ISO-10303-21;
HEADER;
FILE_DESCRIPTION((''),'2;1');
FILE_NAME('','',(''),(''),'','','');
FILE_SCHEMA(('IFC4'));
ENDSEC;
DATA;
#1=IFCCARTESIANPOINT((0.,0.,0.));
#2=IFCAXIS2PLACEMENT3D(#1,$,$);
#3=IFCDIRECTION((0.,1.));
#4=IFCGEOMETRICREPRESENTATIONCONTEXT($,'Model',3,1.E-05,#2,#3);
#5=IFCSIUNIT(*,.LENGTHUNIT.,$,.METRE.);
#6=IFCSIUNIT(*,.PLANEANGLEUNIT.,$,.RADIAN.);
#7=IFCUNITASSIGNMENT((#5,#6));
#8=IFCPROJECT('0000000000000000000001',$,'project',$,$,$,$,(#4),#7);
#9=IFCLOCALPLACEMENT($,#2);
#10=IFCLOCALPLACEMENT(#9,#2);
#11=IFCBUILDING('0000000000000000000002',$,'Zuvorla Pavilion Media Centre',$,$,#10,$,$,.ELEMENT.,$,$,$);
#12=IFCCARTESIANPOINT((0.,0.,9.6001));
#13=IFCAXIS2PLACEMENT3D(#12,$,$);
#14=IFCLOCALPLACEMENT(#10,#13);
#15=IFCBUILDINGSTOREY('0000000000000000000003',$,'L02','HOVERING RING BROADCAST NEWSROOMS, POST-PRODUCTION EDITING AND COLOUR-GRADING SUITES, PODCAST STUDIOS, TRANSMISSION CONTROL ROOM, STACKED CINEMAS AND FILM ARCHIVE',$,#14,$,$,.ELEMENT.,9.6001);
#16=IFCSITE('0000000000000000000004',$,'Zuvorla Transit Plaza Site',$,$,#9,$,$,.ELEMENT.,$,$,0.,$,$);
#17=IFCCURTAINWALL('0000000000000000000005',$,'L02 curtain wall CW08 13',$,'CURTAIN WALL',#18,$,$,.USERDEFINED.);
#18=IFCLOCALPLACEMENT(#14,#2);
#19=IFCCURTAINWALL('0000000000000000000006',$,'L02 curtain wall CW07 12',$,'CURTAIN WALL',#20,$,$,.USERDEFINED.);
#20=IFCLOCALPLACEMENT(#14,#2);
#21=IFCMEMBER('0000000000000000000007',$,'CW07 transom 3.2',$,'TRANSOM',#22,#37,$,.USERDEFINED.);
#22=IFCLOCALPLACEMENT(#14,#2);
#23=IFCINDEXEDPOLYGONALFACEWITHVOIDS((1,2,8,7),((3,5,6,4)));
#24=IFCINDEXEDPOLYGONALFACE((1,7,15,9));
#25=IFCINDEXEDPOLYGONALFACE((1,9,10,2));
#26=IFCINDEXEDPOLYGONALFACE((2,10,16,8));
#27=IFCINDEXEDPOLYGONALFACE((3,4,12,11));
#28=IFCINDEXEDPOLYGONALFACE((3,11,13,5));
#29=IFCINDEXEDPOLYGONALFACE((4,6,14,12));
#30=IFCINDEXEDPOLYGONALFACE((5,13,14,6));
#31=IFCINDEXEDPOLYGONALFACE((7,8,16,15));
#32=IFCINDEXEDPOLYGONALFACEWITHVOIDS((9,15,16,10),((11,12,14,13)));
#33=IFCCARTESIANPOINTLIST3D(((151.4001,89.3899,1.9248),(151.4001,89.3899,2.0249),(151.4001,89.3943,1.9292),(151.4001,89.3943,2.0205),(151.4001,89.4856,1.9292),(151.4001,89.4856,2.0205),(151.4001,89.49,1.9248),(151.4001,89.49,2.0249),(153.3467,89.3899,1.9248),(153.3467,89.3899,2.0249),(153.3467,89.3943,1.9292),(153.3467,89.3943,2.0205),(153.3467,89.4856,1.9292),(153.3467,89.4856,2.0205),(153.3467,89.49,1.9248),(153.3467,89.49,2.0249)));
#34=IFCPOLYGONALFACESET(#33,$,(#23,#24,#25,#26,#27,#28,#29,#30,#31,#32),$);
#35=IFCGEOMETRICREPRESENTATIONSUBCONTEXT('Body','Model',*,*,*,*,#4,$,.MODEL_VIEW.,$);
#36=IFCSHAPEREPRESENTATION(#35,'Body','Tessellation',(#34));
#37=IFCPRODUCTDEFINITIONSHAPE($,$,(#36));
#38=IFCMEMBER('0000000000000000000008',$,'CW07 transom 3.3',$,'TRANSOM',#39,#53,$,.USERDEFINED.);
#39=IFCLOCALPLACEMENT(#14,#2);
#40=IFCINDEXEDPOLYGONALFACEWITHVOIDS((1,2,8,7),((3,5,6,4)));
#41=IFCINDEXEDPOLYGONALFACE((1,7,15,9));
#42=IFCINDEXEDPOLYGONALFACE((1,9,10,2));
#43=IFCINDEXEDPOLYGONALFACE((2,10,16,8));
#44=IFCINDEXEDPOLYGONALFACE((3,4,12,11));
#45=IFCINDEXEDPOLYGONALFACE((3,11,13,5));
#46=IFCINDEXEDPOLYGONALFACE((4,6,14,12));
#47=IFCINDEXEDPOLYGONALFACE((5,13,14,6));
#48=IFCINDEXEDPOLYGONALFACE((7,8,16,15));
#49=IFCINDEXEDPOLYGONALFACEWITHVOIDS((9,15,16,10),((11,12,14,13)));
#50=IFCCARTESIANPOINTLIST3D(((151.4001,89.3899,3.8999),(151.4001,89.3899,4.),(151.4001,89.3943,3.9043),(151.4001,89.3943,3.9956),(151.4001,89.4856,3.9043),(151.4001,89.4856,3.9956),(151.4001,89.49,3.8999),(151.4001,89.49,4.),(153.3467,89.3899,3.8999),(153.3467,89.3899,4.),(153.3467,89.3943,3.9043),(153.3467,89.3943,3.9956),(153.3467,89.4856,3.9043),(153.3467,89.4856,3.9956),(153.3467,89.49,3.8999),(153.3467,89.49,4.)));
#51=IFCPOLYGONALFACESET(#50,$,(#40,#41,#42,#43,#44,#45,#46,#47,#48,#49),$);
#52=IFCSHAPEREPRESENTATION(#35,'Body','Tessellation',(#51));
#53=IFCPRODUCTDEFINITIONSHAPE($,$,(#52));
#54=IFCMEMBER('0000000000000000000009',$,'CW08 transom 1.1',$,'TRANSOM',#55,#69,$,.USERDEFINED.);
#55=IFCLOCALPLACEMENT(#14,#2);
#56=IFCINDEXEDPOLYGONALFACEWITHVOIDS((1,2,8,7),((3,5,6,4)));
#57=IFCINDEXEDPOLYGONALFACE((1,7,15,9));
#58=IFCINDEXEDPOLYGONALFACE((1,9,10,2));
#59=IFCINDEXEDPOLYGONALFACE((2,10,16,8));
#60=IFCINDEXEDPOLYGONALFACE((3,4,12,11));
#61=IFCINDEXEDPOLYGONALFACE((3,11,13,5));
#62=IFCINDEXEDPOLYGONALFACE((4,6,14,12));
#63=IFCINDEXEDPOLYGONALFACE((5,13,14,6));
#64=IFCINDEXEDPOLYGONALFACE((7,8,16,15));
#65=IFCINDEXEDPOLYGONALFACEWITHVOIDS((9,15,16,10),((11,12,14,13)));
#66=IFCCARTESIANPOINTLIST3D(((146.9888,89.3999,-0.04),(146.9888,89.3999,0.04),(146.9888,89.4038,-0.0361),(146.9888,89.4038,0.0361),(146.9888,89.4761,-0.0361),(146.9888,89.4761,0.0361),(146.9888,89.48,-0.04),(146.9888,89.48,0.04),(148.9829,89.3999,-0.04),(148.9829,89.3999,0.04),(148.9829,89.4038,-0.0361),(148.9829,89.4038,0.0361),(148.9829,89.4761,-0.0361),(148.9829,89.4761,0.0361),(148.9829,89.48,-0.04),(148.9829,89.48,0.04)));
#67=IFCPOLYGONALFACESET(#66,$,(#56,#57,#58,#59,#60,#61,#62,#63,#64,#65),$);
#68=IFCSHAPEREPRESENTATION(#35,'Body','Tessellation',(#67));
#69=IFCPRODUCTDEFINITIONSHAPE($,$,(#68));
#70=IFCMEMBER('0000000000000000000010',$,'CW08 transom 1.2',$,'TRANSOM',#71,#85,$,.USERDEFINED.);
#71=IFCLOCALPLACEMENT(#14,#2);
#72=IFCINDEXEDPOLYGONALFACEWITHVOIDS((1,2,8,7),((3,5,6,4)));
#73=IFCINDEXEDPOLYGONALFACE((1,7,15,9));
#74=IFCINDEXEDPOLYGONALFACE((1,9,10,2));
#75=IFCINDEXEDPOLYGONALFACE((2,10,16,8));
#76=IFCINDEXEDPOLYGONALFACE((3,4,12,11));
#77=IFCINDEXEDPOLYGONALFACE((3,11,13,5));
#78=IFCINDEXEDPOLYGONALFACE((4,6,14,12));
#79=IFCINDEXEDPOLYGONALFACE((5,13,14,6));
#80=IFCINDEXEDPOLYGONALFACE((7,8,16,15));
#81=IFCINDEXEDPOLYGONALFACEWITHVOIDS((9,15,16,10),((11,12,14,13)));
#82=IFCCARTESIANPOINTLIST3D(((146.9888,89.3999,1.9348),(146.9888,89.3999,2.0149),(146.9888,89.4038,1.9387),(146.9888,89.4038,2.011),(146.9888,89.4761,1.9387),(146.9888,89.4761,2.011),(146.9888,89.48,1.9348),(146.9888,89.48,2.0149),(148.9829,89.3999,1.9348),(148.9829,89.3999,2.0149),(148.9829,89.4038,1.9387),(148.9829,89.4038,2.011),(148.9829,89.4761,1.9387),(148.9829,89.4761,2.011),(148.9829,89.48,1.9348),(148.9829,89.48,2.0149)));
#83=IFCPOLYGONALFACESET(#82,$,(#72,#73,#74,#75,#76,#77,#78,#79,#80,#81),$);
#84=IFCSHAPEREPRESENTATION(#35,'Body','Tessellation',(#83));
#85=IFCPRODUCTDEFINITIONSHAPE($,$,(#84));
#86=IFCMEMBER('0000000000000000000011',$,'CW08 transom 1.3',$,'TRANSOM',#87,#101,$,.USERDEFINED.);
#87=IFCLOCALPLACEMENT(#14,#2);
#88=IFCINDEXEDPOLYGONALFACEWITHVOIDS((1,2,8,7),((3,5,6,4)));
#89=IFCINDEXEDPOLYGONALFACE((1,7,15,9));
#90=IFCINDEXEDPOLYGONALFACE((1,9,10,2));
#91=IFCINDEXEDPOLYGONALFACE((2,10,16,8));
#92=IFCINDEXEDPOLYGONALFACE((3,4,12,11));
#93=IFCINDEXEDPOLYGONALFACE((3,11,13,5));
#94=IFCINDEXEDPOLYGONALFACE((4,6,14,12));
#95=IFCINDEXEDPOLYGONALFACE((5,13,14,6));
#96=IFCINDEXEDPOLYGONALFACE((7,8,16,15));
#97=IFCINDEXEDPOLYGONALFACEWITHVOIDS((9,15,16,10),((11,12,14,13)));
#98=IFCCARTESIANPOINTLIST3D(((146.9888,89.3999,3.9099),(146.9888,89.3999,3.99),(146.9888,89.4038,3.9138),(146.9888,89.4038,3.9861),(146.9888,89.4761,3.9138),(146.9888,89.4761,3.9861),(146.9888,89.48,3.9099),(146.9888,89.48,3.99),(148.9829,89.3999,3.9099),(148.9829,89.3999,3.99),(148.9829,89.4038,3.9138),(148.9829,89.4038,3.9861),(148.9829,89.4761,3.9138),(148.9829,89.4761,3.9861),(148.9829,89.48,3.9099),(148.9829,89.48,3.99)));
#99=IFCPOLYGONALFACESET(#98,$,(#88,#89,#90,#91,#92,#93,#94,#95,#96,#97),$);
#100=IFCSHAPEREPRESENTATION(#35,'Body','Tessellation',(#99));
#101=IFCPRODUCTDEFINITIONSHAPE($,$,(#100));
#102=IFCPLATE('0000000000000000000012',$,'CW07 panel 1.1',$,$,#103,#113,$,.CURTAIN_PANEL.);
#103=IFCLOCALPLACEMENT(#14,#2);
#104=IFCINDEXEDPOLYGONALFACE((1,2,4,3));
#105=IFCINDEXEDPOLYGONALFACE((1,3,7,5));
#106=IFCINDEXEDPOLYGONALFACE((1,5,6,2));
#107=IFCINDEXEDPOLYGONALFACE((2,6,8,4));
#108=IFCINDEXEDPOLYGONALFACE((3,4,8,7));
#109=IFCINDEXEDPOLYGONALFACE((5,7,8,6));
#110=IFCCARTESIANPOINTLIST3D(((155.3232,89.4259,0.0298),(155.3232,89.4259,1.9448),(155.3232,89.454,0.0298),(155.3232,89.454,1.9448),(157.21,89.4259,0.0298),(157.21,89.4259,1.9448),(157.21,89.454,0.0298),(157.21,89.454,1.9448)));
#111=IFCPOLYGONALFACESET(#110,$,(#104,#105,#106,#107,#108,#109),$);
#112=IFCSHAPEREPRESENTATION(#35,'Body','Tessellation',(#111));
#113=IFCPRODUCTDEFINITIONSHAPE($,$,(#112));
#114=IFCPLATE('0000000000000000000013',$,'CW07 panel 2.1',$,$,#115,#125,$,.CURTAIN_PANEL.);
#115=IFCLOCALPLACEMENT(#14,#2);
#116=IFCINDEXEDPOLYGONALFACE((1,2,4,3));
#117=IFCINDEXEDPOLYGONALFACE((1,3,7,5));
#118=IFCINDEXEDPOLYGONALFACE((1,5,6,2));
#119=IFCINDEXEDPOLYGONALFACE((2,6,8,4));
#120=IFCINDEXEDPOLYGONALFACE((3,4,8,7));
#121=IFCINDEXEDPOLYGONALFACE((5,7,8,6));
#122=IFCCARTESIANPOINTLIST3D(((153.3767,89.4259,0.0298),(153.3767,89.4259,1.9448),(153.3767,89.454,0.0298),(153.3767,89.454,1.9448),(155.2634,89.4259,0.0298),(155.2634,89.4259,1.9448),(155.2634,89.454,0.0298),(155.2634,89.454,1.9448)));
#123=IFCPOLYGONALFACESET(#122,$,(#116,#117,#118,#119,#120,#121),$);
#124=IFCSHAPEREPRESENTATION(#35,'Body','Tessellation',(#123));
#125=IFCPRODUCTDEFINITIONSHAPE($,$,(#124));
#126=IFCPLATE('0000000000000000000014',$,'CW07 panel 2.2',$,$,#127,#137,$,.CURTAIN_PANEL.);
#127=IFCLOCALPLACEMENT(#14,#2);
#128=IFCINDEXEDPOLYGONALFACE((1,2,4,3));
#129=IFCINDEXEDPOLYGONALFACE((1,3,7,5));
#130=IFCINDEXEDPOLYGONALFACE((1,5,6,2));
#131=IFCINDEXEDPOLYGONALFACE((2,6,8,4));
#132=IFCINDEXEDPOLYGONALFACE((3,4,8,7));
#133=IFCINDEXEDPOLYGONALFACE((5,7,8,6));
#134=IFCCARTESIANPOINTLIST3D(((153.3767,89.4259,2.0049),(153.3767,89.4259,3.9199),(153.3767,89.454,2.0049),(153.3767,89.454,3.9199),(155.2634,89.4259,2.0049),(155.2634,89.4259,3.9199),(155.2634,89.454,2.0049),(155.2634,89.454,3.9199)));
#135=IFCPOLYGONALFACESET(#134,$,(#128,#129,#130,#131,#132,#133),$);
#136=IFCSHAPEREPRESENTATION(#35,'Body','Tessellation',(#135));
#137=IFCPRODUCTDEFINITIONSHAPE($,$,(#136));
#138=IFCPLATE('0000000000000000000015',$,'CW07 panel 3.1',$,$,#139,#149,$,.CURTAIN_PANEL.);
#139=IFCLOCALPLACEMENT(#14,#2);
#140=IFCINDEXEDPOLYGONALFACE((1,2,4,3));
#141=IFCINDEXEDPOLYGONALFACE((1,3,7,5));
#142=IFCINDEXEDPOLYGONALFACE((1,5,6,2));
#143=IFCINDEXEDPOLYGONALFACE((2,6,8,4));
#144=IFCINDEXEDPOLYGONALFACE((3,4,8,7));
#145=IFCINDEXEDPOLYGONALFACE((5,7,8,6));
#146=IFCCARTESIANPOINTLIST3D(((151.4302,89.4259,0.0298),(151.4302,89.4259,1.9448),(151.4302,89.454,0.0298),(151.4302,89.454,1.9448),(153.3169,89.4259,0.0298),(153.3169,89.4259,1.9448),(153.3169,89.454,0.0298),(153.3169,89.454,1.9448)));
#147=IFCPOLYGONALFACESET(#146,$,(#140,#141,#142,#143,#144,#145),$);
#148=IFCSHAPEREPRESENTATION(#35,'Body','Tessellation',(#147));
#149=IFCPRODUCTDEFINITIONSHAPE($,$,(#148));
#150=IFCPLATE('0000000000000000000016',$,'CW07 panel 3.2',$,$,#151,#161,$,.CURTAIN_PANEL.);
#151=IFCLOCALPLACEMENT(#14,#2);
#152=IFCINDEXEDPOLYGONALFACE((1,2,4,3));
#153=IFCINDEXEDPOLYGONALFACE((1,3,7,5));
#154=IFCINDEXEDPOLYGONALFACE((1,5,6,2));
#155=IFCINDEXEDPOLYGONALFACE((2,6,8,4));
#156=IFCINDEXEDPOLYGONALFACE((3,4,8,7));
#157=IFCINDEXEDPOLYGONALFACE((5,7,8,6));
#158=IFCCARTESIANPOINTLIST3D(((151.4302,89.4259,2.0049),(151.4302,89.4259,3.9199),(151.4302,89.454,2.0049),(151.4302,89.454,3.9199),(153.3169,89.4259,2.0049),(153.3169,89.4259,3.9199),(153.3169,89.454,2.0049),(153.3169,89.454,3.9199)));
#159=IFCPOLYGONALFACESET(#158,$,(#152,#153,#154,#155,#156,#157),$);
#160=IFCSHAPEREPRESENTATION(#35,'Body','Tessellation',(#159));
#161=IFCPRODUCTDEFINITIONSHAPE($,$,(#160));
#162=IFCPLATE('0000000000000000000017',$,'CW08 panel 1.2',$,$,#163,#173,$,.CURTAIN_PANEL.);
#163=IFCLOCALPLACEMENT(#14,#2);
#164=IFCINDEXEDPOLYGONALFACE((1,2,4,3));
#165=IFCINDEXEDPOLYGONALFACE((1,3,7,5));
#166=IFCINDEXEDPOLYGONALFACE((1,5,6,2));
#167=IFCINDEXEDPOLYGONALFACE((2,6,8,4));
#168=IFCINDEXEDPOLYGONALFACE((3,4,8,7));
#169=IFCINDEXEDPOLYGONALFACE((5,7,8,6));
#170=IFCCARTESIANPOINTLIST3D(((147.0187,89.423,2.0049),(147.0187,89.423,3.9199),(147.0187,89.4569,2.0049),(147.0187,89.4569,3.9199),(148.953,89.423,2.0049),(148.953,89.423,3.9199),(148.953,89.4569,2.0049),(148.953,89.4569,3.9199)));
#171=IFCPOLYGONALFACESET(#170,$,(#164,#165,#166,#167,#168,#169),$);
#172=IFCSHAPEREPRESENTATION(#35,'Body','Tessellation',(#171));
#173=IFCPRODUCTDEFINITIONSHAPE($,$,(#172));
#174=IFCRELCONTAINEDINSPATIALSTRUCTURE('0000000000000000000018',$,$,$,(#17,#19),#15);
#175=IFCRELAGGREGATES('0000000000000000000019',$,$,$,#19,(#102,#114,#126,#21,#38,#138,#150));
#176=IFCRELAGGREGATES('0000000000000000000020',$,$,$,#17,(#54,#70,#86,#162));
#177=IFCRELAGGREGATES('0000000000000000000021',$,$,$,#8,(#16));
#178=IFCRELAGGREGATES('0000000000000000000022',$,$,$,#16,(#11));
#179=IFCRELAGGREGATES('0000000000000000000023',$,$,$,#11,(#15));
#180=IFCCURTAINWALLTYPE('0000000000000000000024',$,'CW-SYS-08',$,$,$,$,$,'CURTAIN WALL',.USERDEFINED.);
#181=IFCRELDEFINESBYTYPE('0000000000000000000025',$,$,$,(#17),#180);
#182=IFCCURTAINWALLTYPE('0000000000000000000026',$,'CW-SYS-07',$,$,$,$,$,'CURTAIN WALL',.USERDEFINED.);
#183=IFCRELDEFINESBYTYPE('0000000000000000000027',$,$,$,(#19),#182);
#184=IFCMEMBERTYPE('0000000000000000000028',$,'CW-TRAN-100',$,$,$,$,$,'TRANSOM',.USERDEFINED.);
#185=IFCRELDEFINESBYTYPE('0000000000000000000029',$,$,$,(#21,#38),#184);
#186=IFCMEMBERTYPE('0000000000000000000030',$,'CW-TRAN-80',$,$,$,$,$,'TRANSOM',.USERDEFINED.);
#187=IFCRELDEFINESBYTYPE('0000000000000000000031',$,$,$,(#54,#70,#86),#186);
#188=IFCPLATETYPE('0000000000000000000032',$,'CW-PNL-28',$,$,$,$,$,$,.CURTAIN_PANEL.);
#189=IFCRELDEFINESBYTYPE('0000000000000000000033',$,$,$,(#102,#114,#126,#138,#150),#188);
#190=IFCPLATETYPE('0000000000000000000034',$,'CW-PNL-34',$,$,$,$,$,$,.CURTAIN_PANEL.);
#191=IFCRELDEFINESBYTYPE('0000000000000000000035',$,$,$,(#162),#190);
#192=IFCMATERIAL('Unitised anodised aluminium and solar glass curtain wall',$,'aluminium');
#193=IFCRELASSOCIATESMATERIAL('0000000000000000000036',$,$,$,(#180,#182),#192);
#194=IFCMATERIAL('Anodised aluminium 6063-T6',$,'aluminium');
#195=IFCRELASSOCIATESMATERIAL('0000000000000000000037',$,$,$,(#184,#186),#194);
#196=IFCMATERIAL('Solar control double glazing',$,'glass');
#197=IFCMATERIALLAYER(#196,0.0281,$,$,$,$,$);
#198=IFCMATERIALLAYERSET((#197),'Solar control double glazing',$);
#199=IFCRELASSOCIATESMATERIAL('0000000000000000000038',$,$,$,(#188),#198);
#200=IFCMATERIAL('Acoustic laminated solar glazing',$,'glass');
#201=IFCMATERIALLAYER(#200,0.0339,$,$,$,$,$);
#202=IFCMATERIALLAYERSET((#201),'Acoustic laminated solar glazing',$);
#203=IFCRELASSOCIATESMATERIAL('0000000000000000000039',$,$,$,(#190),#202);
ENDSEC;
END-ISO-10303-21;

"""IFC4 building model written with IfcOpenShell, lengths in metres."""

from ifc_helpers import new_model, si_unit, direction, frame, origin, origin_2d, place, context, subcontext, project, spatial, rectangle, hollow_rectangle, extrude, material, layer, layer_set, material_profile, profile_set, type_object, element, aggregate, save


model = new_model("IFC4")

# Units and contexts
model_context = context("Model", 3, precision=1e-05, world=origin(), true_north=direction((0.0, 1.0)))
body_context = subcontext(model_context, "Body", "Model", "MODEL_VIEW")
ifc_project = project(units=[si_unit("LENGTHUNIT", "METRE"), si_unit("PLANEANGLEUNIT", "RADIAN")], contexts=[model_context])

# Site, building, storey
site_placement = place(None, origin())
site = spatial("IfcSite", under=ifc_project, at=site_placement, Name="Zuvorla Transit Plaza Site", CompositionType="ELEMENT", RefElevation=0.0)
building_placement = place(site_placement, origin())
building = spatial("IfcBuilding", under=site, at=building_placement, Name="Zuvorla Pavilion Media Centre", CompositionType="ELEMENT")
storey_placement = place(building_placement, frame((0.0, 0.0, 9.6001)))
storey = spatial("IfcBuildingStorey", under=building, at=storey_placement, Name="L02", Description="HOVERING RING BROADCAST NEWSROOMS, POST-PRODUCTION EDITING AND COLOUR-GRADING SUITES, PODCAST STUDIOS, TRANSMISSION CONTROL ROOM, STACKED CINEMAS AND FILM ARCHIVE", CompositionType="ELEMENT", Elevation=9.6001)

# Curtain wall
ifc_material_1 = material(Name="Unitised anodised aluminium and solar glass curtain wall", Category="aluminium")
curtain_wall_type_1 = type_object("IfcCurtainWallType", Name="CW-SYS-08", ElementType="CURTAIN WALL", PredefinedType="USERDEFINED", material=ifc_material_1)
curtain_wall_1_placement = place(storey_placement, origin())
curtain_wall_1 = element("IfcCurtainWall", 1, at=curtain_wall_1_placement, inside=storey, type_object=curtain_wall_type_1, Name="L02 curtain wall CW08 13", ObjectType="CURTAIN WALL", PredefinedType="USERDEFINED")
ifc_material_2 = material(Name="Anodised aluminium 6063-T6", Category="aluminium")

# Curtain wall, members
curtain_wall_type_2 = type_object("IfcCurtainWallType", Name="CW-SYS-07", ElementType="CURTAIN WALL", PredefinedType="USERDEFINED", material=ifc_material_1)
curtain_wall_2_placement = place(storey_placement, origin())
curtain_wall_2 = element("IfcCurtainWall", 2, at=curtain_wall_2_placement, inside=storey, type_object=curtain_wall_type_2, Name="L02 curtain wall CW07 12", ObjectType="CURTAIN WALL", PredefinedType="USERDEFINED")
ifc_material_profile_1 = material_profile(ifc_material_2, hollow_rectangle(XDim=0.1001, YDim=0.1001, WallThickness=0.0044, at=origin_2d()), Name="ALU TRAN 100x100")
ifc_profile_set_1 = profile_set([ifc_material_profile_1], Name="Anodised aluminium 6063-T6")
member_type_1 = type_object("IfcMemberType", Name="CW-TRAN-100", ElementType="TRANSOM", PredefinedType="USERDEFINED", material=ifc_profile_set_1)
member_1_placement = place(storey_placement, frame((153.3467, 89.4399, 1.9749), z_axis=(-1.0, 0.0, 0.0), x_axis=(0.0, -1.0, 0.0)))
member_1 = element("IfcMember", 3, at=member_1_placement, type_object=member_type_1, Name="CW07 transom 3.2", ObjectType="TRANSOM", PredefinedType="USERDEFINED", context=body_context, shape_type="SweptSolid", body=[
    extrude(hollow_rectangle(XDim=0.1001, YDim=0.1001, WallThickness=0.0044, at=origin_2d()), origin(), (0.0, 0.0, 1.0), 1.9465),
])
member_2_placement = place(storey_placement, frame((153.3467, 89.4399, 3.95), z_axis=(-1.0, 0.0, 0.0), x_axis=(0.0, -1.0, 0.0)))
member_2 = element("IfcMember", 4, at=member_2_placement, type_object=member_type_1, Name="CW07 transom 3.3", ObjectType="TRANSOM", PredefinedType="USERDEFINED", context=body_context, shape_type="SweptSolid", body=[
    extrude(hollow_rectangle(XDim=0.1001, YDim=0.1001, WallThickness=0.0044, at=origin_2d()), origin(), (0.0, 0.0, 1.0), 1.9465),
])

# Members
ifc_material_profile_2 = material_profile(ifc_material_2, hollow_rectangle(XDim=0.0801, YDim=0.0801, WallThickness=0.0039, at=origin_2d()), Name="ALU TRAN 80x80")
ifc_profile_set_2 = profile_set([ifc_material_profile_2], Name="Anodised aluminium 6063-T6")
member_type_2 = type_object("IfcMemberType", Name="CW-TRAN-80", ElementType="TRANSOM", PredefinedType="USERDEFINED", material=ifc_profile_set_2)
member_3_placement = place(storey_placement, frame((148.9829, 89.4399, 0.0), z_axis=(-1.0, 0.0, 0.0), x_axis=(0.0, -1.0, 0.0)))
member_3 = element("IfcMember", 5, at=member_3_placement, type_object=member_type_2, Name="CW08 transom 1.1", ObjectType="TRANSOM", PredefinedType="USERDEFINED", context=body_context, shape_type="SweptSolid", body=[
    extrude(hollow_rectangle(XDim=0.0801, YDim=0.0801, WallThickness=0.0039, at=origin_2d()), origin(), (0.0, 0.0, 1.0), 1.9941),
])
member_4_placement = place(storey_placement, frame((148.9829, 89.4399, 1.9749), z_axis=(-1.0, 0.0, 0.0), x_axis=(0.0, -1.0, 0.0)))
member_4 = element("IfcMember", 6, at=member_4_placement, type_object=member_type_2, Name="CW08 transom 1.2", ObjectType="TRANSOM", PredefinedType="USERDEFINED", context=body_context, shape_type="SweptSolid", body=[
    extrude(hollow_rectangle(XDim=0.0801, YDim=0.0801, WallThickness=0.0039, at=origin_2d()), origin(), (0.0, 0.0, 1.0), 1.9941),
])
member_5_placement = place(storey_placement, frame((148.9829, 89.4399, 3.95), z_axis=(-1.0, 0.0, 0.0), x_axis=(0.0, -1.0, 0.0)))
member_5 = element("IfcMember", 7, at=member_5_placement, type_object=member_type_2, Name="CW08 transom 1.3", ObjectType="TRANSOM", PredefinedType="USERDEFINED", context=body_context, shape_type="SweptSolid", body=[
    extrude(hollow_rectangle(XDim=0.0801, YDim=0.0801, WallThickness=0.0039, at=origin_2d()), origin(), (0.0, 0.0, 1.0), 1.9941),
])

# Plates
ifc_material_3 = material(Name="Solar control double glazing", Category="glass")
ifc_layer_1 = layer(ifc_material_3, 0.0281)
ifc_layer_set_1 = layer_set([ifc_layer_1], Name="Solar control double glazing")
plate_type_1 = type_object("IfcPlateType", Name="CW-PNL-28", PredefinedType="CURTAIN_PANEL", material=ifc_layer_set_1)
plate_1_placement = place(storey_placement, frame((156.2666, 89.4399, 0.0298), z_axis=(0.0, 0.0, 1.0), x_axis=(-1.0, 0.0, 0.0)))
plate_1 = element("IfcPlate", 8, at=plate_1_placement, type_object=plate_type_1, Name="CW07 panel 1.1", PredefinedType="CURTAIN_PANEL", context=body_context, shape_type="SweptSolid", body=[
    extrude(rectangle(XDim=1.8867, YDim=0.0281, at=origin_2d()), origin(), (0.0, 0.0, 1.0), 1.915),
])
plate_2_placement = place(storey_placement, frame((154.3201, 89.4399, 0.0298), z_axis=(0.0, 0.0, 1.0), x_axis=(-1.0, 0.0, 0.0)))
plate_2 = element("IfcPlate", 9, at=plate_2_placement, type_object=plate_type_1, Name="CW07 panel 2.1", PredefinedType="CURTAIN_PANEL", context=body_context, shape_type="SweptSolid", body=[
    extrude(rectangle(XDim=1.8867, YDim=0.0281, at=origin_2d()), origin(), (0.0, 0.0, 1.0), 1.915),
])
plate_3_placement = place(storey_placement, frame((154.3201, 89.4399, 2.0049), z_axis=(0.0, 0.0, 1.0), x_axis=(-1.0, 0.0, 0.0)))
plate_3 = element("IfcPlate", 10, at=plate_3_placement, type_object=plate_type_1, Name="CW07 panel 2.2", PredefinedType="CURTAIN_PANEL", context=body_context, shape_type="SweptSolid", body=[
    extrude(rectangle(XDim=1.8867, YDim=0.0281, at=origin_2d()), origin(), (0.0, 0.0, 1.0), 1.915),
])
plate_4_placement = place(storey_placement, frame((152.3735, 89.4399, 0.0298), z_axis=(0.0, 0.0, 1.0), x_axis=(-1.0, 0.0, 0.0)))
plate_4 = element("IfcPlate", 11, at=plate_4_placement, type_object=plate_type_1, Name="CW07 panel 3.1", PredefinedType="CURTAIN_PANEL", context=body_context, shape_type="SweptSolid", body=[
    extrude(rectangle(XDim=1.8867, YDim=0.0281, at=origin_2d()), origin(), (0.0, 0.0, 1.0), 1.915),
])
plate_5_placement = place(storey_placement, frame((152.3735, 89.4399, 2.0049), z_axis=(0.0, 0.0, 1.0), x_axis=(-1.0, 0.0, 0.0)))
plate_5 = element("IfcPlate", 12, at=plate_5_placement, type_object=plate_type_1, Name="CW07 panel 3.2", PredefinedType="CURTAIN_PANEL", context=body_context, shape_type="SweptSolid", body=[
    extrude(rectangle(XDim=1.8867, YDim=0.0281, at=origin_2d()), origin(), (0.0, 0.0, 1.0), 1.915),
])
aggregate(curtain_wall_2, [plate_1, plate_2, plate_3, member_1, member_2, plate_4, plate_5])
ifc_material_4 = material(Name="Acoustic laminated solar glazing", Category="glass")
ifc_layer_2 = layer(ifc_material_4, 0.0339)
ifc_layer_set_2 = layer_set([ifc_layer_2], Name="Acoustic laminated solar glazing")
plate_type_2 = type_object("IfcPlateType", Name="CW-PNL-34", PredefinedType="CURTAIN_PANEL", material=ifc_layer_set_2)
plate_6_placement = place(storey_placement, frame((147.9858, 89.4399, 2.0049), z_axis=(0.0, 0.0, 1.0), x_axis=(-1.0, 0.0, 0.0)))
plate_6 = element("IfcPlate", 13, at=plate_6_placement, type_object=plate_type_2, Name="CW08 panel 1.2", PredefinedType="CURTAIN_PANEL", context=body_context, shape_type="SweptSolid", body=[
    extrude(rectangle(XDim=1.9343, YDim=0.0339, at=origin_2d()), origin(), (0.0, 0.0, 1.0), 1.915),
])
aggregate(curtain_wall_1, [member_3, member_4, member_5, plate_6])

save(model, "model.ifc")
